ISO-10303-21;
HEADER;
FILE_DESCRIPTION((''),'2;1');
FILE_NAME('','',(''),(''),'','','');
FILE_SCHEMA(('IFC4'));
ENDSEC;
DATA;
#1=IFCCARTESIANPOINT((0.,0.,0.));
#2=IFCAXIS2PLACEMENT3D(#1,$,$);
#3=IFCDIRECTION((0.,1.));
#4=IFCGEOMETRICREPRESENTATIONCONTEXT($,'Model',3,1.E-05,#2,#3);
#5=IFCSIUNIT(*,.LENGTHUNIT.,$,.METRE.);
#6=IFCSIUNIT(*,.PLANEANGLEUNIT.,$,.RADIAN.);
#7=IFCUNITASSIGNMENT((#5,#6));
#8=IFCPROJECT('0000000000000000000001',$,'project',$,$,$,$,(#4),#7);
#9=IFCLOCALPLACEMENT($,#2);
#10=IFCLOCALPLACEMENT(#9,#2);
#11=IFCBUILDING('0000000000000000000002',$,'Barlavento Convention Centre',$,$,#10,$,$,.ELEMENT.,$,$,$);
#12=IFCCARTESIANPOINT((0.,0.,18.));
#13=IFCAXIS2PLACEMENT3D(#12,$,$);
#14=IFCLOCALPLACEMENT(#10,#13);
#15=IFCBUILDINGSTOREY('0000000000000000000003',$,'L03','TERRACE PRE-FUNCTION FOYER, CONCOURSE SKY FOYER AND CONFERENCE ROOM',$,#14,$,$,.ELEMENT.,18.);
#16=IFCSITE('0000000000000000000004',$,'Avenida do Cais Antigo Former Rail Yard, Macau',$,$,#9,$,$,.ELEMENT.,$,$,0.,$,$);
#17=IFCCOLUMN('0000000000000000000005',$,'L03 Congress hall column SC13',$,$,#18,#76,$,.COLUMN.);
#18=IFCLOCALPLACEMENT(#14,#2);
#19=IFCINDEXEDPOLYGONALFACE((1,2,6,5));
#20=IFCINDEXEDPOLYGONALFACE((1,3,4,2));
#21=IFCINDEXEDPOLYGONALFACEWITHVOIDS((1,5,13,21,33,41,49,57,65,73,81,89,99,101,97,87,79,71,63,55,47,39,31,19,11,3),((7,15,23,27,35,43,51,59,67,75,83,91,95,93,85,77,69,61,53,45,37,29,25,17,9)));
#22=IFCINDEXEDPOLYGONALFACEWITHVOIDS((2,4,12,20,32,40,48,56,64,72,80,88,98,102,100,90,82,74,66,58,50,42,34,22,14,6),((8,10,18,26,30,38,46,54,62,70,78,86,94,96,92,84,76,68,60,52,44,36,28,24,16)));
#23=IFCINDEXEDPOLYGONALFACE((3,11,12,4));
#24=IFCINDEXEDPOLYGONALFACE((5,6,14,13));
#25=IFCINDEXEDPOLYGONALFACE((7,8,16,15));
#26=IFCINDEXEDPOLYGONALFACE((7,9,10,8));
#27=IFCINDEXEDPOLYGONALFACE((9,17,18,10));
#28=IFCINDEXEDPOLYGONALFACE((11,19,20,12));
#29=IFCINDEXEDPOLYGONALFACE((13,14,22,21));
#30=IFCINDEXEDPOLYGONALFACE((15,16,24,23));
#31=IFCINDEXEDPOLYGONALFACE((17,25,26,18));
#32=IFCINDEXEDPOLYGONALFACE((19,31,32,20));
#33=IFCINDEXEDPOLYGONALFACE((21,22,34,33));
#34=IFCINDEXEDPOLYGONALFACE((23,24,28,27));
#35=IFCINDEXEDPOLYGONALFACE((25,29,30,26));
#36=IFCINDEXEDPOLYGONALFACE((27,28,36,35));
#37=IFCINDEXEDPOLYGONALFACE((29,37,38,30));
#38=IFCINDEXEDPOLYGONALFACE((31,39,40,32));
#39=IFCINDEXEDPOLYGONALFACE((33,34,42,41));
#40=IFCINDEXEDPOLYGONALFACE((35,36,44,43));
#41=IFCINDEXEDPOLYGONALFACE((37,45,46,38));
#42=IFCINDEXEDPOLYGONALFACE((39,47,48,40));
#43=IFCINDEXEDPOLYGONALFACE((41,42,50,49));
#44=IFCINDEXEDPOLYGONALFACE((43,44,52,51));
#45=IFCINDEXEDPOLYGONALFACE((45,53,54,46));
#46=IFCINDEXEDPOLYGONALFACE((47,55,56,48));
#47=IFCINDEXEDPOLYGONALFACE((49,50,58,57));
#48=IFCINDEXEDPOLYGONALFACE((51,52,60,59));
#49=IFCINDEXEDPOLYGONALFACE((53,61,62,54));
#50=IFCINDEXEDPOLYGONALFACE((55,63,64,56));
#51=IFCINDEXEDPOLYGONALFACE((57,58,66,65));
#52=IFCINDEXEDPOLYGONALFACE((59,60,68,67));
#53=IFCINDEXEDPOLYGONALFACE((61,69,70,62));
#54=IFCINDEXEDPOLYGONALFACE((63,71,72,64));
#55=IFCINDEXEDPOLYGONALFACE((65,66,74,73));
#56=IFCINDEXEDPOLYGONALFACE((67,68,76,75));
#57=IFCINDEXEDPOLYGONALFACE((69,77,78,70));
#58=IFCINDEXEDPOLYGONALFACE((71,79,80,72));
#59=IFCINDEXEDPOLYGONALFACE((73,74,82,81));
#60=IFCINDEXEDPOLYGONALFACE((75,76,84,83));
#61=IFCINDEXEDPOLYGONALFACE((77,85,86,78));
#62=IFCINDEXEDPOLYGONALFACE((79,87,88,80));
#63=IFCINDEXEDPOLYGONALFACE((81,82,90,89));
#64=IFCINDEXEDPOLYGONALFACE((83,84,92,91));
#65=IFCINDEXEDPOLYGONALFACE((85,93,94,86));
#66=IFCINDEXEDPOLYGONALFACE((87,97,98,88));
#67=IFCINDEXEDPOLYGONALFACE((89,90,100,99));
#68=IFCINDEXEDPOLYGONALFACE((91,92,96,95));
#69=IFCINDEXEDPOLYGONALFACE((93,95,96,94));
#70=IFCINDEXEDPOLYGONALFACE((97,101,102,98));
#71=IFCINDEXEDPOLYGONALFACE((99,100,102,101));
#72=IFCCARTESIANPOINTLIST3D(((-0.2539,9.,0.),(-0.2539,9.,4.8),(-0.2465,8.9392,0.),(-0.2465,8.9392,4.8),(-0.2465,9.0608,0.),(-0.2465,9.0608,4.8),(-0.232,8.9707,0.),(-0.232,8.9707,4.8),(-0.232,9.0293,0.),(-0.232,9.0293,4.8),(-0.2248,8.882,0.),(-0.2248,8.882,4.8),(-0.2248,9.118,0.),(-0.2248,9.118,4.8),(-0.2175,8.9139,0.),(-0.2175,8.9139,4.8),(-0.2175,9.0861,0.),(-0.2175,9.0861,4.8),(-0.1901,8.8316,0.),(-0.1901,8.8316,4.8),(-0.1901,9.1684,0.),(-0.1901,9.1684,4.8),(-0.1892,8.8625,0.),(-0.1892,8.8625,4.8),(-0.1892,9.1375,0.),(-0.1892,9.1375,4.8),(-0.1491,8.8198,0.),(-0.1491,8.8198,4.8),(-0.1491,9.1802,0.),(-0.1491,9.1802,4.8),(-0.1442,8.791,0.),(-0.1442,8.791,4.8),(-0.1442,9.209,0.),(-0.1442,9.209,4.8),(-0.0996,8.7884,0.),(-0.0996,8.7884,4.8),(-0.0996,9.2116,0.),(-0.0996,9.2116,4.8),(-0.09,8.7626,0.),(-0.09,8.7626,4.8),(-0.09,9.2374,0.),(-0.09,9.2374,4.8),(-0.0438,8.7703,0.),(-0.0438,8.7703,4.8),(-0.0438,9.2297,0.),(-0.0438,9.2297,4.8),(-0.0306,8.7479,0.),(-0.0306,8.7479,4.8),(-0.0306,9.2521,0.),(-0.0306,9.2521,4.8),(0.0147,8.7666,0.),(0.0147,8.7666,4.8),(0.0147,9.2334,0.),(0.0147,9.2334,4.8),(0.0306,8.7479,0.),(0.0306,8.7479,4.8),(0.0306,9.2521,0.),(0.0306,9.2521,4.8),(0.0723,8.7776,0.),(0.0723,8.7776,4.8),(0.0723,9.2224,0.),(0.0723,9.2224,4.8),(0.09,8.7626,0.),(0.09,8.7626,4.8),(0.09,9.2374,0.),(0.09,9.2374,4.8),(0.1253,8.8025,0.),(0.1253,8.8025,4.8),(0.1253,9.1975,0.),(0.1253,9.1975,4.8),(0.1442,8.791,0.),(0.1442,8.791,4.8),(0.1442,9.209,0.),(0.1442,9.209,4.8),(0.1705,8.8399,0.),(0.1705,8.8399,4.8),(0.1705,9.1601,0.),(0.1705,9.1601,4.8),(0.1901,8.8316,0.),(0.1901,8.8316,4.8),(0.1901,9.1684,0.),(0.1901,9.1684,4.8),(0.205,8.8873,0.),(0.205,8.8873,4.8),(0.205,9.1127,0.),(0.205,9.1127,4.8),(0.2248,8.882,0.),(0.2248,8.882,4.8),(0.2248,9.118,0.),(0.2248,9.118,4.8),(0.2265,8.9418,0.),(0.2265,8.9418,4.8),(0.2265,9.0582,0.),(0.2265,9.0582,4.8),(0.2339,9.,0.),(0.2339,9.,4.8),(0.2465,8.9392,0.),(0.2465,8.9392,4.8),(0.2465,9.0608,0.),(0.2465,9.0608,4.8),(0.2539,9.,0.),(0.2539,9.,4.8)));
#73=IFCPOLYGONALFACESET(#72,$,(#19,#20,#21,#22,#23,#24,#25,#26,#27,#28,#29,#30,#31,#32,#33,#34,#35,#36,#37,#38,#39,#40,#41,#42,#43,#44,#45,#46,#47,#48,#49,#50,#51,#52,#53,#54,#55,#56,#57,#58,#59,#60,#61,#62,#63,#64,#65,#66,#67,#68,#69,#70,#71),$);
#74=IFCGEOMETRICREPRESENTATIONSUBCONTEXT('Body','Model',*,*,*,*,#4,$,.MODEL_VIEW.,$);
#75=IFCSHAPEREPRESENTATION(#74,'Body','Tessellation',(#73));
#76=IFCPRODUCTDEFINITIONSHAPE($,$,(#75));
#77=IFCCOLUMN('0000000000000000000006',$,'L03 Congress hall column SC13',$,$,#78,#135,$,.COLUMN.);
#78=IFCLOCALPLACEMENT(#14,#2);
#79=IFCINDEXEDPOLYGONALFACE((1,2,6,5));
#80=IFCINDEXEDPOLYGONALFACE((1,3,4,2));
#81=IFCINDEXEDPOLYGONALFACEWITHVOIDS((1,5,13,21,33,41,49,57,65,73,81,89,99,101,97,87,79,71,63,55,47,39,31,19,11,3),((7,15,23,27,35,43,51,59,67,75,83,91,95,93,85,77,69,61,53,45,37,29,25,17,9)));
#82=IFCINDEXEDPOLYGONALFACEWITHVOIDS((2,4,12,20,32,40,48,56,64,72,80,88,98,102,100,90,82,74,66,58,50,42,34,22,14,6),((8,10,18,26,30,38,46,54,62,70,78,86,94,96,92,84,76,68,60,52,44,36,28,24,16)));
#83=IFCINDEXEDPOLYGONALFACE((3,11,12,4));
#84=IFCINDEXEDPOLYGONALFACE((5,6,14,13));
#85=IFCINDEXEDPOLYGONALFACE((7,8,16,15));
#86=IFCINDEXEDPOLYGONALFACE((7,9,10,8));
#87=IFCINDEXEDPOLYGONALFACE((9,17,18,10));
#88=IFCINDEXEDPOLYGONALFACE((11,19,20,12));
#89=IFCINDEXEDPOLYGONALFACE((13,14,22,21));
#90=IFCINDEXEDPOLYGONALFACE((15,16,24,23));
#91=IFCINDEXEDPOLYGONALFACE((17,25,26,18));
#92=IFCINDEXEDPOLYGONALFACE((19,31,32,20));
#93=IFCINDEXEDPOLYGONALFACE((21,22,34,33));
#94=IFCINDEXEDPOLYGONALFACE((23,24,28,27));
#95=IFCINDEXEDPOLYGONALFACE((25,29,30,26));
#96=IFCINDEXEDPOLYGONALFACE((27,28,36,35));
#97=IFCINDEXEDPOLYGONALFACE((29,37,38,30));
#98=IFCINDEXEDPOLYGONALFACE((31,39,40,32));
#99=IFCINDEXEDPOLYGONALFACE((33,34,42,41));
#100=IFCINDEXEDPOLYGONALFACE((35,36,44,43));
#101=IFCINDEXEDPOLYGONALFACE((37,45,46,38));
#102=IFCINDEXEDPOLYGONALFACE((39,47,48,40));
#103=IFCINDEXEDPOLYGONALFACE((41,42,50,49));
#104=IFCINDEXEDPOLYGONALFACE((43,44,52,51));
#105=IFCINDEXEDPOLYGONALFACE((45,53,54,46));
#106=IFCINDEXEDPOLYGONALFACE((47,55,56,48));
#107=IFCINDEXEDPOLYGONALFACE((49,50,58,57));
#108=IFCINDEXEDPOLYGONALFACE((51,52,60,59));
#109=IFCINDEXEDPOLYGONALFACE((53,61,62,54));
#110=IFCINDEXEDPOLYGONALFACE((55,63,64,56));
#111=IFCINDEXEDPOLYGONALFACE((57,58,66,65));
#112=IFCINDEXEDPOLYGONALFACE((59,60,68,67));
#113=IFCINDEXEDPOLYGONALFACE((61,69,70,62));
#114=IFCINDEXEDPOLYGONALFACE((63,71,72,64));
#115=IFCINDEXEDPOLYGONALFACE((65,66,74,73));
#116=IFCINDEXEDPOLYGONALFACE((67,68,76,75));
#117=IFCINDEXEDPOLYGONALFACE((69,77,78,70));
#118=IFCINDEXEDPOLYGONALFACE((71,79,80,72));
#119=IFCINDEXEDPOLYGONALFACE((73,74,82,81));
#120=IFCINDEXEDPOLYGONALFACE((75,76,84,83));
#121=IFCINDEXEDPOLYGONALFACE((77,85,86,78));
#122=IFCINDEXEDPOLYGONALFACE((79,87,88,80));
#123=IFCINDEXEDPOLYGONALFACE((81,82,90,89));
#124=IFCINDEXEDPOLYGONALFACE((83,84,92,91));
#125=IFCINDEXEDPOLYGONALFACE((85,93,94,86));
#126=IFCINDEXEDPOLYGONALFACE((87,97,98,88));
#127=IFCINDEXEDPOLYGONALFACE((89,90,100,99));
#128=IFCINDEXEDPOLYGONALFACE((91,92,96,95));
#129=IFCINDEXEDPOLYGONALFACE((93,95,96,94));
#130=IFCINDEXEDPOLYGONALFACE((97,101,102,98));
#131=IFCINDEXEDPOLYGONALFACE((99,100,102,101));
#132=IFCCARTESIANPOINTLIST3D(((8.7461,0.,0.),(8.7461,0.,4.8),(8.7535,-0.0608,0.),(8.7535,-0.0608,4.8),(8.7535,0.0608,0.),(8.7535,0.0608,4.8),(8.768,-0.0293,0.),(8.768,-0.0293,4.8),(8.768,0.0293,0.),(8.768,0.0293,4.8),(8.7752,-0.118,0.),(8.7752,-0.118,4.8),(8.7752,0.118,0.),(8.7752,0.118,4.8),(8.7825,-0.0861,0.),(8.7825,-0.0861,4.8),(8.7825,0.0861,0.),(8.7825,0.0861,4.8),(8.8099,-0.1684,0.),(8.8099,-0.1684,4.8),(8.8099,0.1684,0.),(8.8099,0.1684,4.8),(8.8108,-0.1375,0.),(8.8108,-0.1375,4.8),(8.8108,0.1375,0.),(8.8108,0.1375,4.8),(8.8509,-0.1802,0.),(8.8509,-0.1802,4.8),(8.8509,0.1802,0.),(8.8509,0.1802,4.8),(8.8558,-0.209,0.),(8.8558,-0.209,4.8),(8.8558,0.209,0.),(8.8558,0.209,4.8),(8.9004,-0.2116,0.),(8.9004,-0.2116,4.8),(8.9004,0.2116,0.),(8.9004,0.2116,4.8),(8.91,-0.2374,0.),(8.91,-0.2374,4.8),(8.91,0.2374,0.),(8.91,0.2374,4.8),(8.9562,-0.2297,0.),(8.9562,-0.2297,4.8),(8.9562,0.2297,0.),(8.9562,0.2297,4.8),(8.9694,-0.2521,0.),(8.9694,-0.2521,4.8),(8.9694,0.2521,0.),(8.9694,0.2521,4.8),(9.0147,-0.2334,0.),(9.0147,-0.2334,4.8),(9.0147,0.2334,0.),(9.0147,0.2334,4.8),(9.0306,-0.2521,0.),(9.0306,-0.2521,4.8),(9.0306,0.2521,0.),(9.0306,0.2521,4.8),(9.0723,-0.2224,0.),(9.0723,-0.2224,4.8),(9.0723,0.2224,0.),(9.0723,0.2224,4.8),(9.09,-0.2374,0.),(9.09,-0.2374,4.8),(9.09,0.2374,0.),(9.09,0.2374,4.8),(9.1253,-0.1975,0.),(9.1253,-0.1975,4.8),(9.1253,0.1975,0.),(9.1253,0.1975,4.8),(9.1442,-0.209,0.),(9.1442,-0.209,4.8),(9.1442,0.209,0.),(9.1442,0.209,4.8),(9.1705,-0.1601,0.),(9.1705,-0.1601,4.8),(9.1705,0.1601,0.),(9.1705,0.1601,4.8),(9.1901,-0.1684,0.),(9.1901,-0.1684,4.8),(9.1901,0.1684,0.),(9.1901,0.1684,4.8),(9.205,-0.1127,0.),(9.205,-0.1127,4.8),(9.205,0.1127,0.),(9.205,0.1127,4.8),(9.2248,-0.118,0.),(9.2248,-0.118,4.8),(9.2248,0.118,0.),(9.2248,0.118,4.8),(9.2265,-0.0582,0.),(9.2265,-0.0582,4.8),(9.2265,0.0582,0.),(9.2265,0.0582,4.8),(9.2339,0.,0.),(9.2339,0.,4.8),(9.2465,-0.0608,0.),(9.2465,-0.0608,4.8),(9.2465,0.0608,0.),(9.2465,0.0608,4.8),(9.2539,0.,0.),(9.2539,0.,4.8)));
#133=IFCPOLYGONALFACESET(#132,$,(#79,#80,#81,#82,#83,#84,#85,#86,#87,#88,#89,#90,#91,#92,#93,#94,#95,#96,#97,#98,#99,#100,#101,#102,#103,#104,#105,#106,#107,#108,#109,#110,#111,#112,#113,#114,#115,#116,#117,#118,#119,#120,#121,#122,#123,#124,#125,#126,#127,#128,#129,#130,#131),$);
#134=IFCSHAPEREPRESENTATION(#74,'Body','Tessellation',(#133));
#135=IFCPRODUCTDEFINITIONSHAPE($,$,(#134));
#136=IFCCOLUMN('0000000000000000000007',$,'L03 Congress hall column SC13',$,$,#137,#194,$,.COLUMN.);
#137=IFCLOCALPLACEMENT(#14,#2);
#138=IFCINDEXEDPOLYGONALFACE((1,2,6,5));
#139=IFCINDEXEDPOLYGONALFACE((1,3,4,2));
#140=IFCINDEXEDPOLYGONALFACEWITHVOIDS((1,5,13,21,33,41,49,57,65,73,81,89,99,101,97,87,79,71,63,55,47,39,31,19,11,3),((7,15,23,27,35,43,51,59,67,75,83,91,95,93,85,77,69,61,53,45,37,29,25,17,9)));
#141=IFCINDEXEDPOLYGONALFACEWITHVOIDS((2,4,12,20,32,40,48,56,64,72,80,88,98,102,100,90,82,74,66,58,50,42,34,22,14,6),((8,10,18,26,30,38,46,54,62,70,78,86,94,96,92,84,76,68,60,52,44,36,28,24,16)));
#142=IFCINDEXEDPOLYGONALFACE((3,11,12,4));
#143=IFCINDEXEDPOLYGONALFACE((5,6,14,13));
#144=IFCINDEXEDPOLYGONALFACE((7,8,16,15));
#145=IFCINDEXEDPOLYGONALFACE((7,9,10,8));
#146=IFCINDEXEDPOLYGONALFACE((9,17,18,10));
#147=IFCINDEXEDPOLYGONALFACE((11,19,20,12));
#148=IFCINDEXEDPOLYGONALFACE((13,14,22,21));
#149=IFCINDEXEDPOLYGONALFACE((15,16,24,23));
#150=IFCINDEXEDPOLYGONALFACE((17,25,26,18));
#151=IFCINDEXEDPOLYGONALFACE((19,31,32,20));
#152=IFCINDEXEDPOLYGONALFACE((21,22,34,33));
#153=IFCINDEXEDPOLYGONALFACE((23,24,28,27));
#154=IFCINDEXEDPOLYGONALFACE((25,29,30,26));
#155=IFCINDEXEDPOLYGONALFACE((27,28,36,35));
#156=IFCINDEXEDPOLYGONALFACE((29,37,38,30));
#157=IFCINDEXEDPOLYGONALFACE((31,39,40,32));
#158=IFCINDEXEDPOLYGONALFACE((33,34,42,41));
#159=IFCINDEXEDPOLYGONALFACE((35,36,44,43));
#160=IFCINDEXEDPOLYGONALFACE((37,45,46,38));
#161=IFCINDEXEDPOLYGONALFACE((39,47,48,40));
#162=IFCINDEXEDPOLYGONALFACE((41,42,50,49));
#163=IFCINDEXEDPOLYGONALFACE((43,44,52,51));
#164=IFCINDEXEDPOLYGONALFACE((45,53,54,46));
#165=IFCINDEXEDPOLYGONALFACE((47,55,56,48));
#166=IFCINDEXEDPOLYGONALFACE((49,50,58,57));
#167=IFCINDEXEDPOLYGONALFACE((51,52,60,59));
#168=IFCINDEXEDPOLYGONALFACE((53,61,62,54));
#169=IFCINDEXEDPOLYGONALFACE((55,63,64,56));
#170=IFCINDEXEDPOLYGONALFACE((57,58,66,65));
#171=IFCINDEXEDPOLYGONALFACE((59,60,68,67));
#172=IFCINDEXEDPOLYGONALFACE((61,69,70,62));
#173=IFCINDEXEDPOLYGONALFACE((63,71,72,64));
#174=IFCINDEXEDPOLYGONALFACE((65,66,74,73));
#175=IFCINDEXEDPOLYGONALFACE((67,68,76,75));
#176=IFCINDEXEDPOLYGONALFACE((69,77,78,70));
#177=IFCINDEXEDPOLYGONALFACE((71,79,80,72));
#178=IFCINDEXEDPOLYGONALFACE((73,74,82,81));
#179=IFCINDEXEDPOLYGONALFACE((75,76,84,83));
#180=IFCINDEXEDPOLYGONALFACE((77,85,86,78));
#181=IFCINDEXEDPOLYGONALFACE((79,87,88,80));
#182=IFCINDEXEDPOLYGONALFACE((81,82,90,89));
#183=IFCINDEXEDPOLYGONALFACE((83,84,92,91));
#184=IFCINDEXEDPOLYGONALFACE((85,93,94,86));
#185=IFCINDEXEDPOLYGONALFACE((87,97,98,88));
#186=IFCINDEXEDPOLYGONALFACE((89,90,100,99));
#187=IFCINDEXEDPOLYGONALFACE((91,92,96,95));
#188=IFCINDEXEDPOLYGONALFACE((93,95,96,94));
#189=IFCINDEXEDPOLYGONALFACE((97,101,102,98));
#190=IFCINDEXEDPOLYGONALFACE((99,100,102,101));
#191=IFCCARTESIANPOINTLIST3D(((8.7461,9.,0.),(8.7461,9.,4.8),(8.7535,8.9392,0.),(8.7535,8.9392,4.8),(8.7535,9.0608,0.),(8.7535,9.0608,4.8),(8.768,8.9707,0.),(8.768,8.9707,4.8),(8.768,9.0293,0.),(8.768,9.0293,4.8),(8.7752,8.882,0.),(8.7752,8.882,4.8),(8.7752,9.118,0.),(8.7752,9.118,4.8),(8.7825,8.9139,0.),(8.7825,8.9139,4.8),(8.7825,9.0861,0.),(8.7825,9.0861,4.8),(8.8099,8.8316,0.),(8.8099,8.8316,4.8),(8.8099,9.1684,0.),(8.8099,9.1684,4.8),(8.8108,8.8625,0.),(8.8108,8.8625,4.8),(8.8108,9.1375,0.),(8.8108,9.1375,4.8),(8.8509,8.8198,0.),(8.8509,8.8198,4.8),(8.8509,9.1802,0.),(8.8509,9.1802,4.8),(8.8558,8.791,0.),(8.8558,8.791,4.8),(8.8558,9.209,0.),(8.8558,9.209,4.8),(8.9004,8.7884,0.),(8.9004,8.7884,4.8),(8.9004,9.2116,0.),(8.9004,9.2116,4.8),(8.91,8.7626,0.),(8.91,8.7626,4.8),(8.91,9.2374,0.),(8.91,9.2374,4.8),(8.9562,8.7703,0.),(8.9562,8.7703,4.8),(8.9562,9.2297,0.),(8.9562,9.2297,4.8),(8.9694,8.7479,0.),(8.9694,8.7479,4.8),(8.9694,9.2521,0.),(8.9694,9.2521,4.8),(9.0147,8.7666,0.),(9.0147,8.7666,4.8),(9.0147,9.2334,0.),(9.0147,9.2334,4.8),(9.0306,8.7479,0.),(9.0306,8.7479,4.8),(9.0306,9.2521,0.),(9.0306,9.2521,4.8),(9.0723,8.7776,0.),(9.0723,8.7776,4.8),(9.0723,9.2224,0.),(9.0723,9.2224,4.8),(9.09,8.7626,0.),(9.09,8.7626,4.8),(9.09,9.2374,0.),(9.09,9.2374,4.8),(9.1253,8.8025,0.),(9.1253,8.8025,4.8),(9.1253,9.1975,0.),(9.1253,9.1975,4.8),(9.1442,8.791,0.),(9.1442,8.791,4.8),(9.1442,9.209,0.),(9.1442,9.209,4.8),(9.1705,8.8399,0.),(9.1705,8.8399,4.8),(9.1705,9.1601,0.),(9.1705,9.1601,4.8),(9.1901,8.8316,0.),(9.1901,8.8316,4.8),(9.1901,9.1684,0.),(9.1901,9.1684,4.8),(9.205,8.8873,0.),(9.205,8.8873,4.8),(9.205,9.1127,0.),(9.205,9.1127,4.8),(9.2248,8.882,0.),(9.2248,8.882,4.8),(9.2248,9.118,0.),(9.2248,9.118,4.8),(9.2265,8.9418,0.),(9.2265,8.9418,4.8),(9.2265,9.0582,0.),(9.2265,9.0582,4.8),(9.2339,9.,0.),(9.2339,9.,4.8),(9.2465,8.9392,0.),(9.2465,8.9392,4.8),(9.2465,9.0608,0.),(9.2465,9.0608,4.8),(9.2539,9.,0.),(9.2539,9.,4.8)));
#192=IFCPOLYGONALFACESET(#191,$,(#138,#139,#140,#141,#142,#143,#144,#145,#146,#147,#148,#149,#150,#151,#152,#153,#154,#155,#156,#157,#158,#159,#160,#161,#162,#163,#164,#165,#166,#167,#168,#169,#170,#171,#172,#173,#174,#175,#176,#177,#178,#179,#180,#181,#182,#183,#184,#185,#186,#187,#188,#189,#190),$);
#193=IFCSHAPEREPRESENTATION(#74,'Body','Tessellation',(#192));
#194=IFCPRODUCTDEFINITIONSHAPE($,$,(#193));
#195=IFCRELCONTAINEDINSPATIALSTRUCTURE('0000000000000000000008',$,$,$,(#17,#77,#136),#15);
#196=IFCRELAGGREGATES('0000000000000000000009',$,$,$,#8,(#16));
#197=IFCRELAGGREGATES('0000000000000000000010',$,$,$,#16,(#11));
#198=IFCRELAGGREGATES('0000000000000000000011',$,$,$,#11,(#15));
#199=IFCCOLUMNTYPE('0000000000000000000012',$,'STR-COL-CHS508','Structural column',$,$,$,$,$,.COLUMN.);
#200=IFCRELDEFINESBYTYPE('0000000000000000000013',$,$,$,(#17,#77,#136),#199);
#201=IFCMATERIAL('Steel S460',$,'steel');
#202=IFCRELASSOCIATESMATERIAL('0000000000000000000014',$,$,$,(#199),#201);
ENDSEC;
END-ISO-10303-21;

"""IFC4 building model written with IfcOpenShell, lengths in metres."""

from ifc_helpers import new_model, si_unit, direction, frame, origin, origin_2d, place, context, subcontext, project, spatial, hollow_circle, extrude, material, material_profile, profile_set, type_object, element, save


model = new_model("IFC4")

# Units and contexts
model_context = context("Model", 3, precision=1e-05, world=origin(), true_north=direction((0.0, 1.0)))
body_context = subcontext(model_context, "Body", "Model", "MODEL_VIEW")
ifc_project = project(units=[si_unit("LENGTHUNIT", "METRE"), si_unit("PLANEANGLEUNIT", "RADIAN")], contexts=[model_context])

# Site, building, storey
site_placement = place(None, origin())
site = spatial("IfcSite", under=ifc_project, at=site_placement, Name="Avenida do Cais Antigo Former Rail Yard, Macau", CompositionType="ELEMENT", RefElevation=0.0)
building_placement = place(site_placement, origin())
building = spatial("IfcBuilding", under=site, at=building_placement, Name="Barlavento Convention Centre", CompositionType="ELEMENT")
storey_placement = place(building_placement, frame((0.0, 0.0, 18.0)))
storey = spatial("IfcBuildingStorey", under=building, at=storey_placement, Name="L03", Description="TERRACE PRE-FUNCTION FOYER, CONCOURSE SKY FOYER AND CONFERENCE ROOM", CompositionType="ELEMENT", Elevation=18.0)

# Columns
ifc_material_1 = material(Name="Steel S460", Category="steel")
ifc_material_profile_1 = material_profile(ifc_material_1, hollow_circle(Radius=0.2539, WallThickness=0.02, at=origin_2d()), Name="CHS 508.0x20.0")
ifc_profile_set_1 = profile_set([ifc_material_profile_1], Name="Steel S460")
column_type_1 = type_object("IfcColumnType", Name="STR-COL-CHS508", Description="Structural column", PredefinedType="COLUMN", material=ifc_profile_set_1)
for number, where, z_axis, x_axis, name in (
    (1, (0.0, 9.0, 0.0), (0.0, 0.0, 1.0), (1.0, 0.0, 0.0), "L03 Congress hall column SC13"),
    (2, (9.0, 0.0, 0.0), (0.0, 0.0, 1.0), (1.0, 0.0, 0.0), "L03 Congress hall column SC13"),
    (3, (9.0, 9.0, 0.0), (0.0, 0.0, 1.0), (1.0, 0.0, 0.0), "L03 Congress hall column SC13"),
):
    element("IfcColumn", number, at=place(storey_placement, frame(where, z_axis=z_axis, x_axis=x_axis)), inside=storey, type_object=column_type_1, Name=name, PredefinedType="COLUMN", context=body_context, shape_type="SweptSolid", body=[
        extrude(hollow_circle(Radius=0.2539, WallThickness=0.02, at=origin_2d()), origin(), (0.0, 0.0, 1.0), 4.8),
    ])

save(model, "model.ifc")
